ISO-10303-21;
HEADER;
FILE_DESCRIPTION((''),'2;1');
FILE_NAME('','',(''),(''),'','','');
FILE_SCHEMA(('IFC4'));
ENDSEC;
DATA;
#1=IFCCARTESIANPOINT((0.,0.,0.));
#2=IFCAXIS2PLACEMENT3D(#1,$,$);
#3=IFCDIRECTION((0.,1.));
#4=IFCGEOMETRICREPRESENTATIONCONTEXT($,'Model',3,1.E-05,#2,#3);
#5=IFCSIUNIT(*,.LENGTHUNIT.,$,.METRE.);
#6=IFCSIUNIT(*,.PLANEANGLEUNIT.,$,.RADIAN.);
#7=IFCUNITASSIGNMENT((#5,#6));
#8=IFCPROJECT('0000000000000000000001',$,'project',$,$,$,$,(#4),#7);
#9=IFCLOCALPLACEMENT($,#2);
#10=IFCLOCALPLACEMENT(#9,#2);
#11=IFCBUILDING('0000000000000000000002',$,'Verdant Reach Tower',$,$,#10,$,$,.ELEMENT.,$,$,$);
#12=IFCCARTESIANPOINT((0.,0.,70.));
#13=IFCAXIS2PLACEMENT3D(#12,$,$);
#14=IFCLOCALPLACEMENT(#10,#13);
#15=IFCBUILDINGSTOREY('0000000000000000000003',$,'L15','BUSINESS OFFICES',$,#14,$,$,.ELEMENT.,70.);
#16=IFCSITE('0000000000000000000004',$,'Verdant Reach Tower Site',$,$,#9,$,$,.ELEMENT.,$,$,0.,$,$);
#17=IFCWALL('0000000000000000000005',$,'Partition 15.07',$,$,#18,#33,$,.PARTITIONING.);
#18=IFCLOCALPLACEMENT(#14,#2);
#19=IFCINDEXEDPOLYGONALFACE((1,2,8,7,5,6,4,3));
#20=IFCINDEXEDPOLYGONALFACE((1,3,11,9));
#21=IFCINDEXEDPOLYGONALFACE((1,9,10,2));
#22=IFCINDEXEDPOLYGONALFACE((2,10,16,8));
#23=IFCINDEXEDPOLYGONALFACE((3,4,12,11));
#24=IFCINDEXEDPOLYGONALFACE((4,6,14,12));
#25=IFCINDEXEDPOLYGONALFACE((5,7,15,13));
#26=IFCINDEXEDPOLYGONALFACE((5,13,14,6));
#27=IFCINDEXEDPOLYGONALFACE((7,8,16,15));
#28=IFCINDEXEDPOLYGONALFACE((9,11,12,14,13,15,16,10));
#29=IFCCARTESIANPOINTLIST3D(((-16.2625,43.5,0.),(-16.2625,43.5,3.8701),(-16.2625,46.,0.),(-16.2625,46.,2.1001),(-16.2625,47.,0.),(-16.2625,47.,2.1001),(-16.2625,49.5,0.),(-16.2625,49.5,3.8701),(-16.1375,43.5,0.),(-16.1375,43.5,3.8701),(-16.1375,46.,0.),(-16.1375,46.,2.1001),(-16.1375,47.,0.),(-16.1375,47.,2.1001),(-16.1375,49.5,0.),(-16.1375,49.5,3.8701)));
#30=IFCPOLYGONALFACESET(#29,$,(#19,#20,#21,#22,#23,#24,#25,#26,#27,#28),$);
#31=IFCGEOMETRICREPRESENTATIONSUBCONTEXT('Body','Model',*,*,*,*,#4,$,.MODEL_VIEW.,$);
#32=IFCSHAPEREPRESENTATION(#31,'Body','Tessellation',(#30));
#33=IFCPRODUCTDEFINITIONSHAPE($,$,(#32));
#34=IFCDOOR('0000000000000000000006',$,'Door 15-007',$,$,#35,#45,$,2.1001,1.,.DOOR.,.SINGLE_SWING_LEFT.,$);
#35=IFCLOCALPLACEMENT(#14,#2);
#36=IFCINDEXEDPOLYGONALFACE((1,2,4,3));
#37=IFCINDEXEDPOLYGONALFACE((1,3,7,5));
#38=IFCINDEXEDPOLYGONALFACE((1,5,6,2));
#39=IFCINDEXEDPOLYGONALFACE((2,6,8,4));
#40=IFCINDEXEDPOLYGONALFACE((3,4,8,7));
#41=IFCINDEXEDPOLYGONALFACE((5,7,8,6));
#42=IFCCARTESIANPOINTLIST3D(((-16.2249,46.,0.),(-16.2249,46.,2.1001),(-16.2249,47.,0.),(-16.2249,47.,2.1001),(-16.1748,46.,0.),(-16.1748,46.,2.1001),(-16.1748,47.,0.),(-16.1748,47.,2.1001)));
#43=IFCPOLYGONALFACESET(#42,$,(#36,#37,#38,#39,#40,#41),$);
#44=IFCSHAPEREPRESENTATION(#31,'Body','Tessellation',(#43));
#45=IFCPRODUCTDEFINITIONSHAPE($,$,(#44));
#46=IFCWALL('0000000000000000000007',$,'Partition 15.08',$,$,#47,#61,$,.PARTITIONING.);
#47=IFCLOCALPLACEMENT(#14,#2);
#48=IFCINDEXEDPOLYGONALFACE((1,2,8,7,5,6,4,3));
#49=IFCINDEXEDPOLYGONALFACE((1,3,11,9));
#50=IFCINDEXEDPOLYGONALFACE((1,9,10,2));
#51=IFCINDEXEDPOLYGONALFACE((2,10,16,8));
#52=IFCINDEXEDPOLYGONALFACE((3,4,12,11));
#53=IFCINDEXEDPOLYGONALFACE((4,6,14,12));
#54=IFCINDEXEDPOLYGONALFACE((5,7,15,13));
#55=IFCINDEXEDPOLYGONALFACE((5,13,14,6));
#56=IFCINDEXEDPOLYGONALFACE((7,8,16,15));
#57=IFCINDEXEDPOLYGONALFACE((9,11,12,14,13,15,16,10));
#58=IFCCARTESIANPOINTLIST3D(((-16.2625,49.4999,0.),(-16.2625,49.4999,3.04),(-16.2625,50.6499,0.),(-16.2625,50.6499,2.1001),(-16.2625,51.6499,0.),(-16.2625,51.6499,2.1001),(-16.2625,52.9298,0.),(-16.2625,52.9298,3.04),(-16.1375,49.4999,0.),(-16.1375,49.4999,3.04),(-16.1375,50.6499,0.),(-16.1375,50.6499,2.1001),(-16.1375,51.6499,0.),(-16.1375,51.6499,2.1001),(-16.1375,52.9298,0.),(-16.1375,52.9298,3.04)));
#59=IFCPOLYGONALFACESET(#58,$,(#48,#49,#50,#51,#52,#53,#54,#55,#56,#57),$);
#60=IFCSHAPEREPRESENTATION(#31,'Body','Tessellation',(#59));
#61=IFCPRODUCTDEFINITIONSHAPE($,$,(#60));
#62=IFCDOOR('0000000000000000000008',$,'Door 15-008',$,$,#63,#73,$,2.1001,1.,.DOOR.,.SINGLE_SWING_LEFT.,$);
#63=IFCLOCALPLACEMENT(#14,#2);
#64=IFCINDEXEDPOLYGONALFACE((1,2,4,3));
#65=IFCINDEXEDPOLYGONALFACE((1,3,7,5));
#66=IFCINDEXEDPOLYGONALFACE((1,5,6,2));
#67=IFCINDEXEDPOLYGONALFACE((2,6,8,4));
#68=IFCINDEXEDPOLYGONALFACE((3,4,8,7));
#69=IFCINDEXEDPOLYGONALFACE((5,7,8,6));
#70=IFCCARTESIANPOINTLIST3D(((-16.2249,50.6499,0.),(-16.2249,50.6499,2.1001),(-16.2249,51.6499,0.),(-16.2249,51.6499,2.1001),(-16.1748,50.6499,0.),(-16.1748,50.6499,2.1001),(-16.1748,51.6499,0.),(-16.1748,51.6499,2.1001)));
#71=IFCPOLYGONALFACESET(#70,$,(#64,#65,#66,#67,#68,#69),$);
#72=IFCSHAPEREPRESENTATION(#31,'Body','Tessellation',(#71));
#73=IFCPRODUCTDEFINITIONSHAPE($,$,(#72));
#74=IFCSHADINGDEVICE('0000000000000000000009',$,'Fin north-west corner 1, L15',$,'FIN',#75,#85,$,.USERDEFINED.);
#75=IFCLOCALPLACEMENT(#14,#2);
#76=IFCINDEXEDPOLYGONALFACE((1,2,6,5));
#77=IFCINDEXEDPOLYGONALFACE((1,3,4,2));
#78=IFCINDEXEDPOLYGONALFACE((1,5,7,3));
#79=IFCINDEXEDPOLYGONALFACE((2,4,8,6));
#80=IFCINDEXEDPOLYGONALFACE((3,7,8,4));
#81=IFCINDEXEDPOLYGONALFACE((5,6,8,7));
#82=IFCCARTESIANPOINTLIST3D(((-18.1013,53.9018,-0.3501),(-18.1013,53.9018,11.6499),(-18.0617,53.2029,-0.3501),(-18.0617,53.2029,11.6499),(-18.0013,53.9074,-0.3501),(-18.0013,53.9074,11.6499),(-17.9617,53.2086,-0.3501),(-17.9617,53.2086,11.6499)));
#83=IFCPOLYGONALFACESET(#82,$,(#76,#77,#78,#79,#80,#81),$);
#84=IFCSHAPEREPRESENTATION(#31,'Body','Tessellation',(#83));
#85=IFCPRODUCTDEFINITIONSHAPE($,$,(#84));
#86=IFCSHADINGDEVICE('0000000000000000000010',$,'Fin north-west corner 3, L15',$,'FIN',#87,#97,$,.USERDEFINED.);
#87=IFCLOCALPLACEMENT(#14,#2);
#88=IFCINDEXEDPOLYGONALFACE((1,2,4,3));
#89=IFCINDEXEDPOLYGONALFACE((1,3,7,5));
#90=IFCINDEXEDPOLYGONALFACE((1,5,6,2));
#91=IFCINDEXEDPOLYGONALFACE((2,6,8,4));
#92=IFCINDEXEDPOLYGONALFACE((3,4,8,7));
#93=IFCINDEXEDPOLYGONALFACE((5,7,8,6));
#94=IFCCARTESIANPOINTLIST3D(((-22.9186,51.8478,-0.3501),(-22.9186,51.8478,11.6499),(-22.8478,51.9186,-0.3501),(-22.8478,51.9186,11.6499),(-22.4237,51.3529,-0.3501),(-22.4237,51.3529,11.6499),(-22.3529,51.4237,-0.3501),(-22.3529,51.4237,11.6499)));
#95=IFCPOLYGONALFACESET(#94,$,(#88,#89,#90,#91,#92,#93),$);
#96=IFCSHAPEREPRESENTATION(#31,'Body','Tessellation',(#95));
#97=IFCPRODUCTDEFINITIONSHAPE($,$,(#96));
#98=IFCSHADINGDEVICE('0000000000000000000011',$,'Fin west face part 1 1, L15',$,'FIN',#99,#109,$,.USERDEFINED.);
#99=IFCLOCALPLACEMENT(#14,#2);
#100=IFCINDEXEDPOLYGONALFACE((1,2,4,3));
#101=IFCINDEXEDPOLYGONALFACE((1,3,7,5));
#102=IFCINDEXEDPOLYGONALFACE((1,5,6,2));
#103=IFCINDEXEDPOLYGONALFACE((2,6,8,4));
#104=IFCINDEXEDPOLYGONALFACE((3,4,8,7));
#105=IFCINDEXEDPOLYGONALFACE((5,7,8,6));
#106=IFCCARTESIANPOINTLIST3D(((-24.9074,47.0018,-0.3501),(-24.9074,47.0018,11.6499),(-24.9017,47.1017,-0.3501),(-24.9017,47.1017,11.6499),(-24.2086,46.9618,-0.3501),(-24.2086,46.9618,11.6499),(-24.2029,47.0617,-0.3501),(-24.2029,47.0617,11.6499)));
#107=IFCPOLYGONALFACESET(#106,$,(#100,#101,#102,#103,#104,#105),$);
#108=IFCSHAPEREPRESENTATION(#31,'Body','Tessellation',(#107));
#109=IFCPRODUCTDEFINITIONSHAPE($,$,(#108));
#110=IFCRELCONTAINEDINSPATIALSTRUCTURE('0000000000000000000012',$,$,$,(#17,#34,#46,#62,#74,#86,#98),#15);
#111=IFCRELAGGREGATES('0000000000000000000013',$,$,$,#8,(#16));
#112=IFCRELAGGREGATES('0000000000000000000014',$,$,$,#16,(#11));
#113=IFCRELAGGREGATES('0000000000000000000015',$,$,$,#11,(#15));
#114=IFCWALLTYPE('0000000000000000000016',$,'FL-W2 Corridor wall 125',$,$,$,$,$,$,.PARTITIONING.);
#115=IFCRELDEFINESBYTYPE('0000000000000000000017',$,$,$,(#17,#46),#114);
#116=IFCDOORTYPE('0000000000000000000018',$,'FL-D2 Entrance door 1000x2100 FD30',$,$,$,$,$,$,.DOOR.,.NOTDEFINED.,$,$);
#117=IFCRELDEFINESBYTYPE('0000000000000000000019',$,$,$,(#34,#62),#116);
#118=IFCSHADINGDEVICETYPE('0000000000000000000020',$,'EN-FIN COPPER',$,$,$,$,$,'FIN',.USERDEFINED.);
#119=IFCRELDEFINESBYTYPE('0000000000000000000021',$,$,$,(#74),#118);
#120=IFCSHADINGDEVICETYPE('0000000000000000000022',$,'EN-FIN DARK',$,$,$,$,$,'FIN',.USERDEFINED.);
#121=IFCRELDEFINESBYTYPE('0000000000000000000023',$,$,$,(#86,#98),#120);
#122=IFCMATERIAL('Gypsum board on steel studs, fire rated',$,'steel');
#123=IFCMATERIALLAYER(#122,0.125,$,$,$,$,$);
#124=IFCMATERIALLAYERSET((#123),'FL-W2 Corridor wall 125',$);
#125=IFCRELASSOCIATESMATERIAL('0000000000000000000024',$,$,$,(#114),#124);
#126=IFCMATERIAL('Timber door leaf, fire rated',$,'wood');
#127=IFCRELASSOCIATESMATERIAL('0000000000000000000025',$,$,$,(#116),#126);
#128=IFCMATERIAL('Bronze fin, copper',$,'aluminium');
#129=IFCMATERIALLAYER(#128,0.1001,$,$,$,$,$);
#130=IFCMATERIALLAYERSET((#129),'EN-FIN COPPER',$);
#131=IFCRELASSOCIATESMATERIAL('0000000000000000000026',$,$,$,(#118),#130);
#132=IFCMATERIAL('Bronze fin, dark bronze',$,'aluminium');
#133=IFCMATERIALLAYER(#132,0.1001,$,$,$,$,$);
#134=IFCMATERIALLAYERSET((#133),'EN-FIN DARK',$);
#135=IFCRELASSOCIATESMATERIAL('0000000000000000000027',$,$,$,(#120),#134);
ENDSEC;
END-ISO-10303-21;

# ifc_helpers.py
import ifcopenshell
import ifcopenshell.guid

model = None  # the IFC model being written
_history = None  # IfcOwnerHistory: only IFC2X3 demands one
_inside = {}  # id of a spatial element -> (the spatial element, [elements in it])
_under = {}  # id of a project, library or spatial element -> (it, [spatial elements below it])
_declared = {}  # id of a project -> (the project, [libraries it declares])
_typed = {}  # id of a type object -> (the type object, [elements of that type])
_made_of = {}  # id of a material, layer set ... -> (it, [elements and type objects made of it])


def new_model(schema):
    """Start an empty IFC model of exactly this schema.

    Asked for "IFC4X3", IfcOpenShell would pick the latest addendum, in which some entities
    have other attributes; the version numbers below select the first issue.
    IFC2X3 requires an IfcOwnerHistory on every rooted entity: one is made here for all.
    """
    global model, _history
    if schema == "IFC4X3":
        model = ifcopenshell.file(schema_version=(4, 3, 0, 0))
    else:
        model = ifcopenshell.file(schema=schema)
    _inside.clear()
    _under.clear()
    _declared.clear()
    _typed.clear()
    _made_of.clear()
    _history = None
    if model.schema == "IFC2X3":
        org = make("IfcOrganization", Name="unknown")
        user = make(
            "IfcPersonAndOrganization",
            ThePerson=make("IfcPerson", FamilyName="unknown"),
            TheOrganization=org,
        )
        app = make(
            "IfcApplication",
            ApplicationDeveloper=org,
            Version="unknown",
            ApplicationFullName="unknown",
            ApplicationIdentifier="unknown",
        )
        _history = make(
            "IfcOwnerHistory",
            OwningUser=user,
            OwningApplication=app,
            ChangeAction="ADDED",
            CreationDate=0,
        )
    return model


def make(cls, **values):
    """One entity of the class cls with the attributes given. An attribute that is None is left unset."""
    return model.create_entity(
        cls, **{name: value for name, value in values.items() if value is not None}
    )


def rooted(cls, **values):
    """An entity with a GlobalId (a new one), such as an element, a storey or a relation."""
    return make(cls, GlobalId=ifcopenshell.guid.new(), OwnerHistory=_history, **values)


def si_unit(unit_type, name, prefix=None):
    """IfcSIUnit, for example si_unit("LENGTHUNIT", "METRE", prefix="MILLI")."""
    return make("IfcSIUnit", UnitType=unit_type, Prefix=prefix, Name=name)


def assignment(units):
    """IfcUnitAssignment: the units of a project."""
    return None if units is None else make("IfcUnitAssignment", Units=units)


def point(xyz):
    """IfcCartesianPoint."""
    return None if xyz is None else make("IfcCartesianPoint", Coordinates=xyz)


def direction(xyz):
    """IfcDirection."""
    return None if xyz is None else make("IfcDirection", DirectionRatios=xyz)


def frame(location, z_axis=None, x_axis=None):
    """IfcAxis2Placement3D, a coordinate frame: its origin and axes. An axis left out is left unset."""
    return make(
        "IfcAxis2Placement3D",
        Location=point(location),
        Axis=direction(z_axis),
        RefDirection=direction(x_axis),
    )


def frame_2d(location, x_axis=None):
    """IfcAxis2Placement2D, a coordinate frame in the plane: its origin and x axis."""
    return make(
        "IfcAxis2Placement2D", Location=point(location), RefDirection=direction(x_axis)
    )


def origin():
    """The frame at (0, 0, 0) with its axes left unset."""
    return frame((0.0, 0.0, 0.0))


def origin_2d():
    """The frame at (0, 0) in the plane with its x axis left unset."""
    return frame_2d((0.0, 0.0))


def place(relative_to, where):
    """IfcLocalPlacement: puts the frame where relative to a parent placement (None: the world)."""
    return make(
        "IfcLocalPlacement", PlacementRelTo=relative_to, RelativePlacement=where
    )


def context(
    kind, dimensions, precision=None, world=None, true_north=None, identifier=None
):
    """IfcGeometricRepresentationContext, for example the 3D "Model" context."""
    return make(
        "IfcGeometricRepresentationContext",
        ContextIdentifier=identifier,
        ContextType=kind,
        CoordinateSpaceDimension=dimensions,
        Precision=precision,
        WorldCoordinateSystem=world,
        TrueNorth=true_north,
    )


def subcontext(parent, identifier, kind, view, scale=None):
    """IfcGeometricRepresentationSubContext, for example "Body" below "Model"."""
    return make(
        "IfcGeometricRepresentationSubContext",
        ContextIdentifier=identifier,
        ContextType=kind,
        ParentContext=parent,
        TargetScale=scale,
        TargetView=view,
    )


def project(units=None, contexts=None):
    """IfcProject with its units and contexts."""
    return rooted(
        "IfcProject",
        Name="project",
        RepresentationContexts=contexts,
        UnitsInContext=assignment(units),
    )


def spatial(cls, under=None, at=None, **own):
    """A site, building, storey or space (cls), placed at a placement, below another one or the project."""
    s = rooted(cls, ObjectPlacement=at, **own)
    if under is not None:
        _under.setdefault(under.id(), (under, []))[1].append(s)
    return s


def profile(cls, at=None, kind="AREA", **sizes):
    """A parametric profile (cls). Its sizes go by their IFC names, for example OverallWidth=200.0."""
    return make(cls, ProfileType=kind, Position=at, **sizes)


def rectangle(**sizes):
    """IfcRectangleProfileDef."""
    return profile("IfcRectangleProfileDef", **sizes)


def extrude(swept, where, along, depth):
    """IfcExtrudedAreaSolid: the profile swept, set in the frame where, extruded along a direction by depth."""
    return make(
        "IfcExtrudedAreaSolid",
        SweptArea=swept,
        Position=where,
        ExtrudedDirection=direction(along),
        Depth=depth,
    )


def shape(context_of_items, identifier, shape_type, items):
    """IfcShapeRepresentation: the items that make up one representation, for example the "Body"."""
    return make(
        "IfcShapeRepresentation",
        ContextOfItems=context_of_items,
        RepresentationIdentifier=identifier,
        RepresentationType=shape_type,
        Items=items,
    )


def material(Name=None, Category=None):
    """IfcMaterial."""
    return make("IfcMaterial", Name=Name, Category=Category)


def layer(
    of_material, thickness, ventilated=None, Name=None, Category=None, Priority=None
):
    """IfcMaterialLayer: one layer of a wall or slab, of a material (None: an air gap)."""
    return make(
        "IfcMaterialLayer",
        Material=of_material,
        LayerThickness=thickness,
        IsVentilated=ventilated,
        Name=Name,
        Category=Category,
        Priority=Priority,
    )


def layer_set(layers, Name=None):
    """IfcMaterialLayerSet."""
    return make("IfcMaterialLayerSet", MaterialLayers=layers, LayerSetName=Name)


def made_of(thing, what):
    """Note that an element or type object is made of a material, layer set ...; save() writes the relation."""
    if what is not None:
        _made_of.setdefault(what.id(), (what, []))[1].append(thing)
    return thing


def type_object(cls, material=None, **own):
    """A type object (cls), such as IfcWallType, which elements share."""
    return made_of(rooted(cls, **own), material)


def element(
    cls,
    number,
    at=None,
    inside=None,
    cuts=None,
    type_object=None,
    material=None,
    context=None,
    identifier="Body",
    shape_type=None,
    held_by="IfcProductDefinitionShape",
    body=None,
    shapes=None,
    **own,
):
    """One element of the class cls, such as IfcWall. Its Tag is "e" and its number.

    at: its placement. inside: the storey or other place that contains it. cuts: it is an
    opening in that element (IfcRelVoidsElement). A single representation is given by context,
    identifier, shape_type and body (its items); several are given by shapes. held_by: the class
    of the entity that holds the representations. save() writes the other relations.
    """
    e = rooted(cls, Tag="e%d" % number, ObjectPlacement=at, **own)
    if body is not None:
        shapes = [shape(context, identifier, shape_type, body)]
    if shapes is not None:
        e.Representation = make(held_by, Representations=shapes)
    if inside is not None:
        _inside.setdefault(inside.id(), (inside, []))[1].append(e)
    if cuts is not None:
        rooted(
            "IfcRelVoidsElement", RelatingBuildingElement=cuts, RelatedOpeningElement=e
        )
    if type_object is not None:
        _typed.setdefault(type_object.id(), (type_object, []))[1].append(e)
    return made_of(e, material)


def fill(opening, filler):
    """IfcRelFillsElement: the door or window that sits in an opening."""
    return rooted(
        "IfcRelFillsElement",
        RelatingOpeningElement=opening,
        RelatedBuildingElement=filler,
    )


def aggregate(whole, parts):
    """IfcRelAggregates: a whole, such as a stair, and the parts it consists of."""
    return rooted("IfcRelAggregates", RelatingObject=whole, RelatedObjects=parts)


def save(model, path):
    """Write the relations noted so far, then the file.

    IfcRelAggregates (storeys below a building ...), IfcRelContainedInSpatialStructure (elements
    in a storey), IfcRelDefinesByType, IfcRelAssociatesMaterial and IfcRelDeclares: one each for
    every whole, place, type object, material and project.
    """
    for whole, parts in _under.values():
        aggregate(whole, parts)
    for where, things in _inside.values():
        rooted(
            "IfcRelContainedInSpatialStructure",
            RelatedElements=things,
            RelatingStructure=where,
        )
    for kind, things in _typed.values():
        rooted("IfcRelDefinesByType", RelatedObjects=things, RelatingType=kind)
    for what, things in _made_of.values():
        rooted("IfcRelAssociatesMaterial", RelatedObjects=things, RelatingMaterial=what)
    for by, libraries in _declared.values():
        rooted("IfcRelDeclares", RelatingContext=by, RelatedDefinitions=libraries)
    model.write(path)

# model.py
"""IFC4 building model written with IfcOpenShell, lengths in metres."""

from ifc_helpers import new_model, si_unit, direction, frame, frame_2d, origin, origin_2d, place, context, subcontext, project, spatial, rectangle, extrude, material, layer, layer_set, type_object, element, fill, save


model = new_model("IFC4")

# Units and contexts
model_context = context("Model", 3, precision=1e-05, world=origin(), true_north=direction((0.0, 1.0)))
body_context = subcontext(model_context, "Body", "Model", "MODEL_VIEW")
ifc_project = project(units=[si_unit("LENGTHUNIT", "METRE"), si_unit("PLANEANGLEUNIT", "RADIAN")], contexts=[model_context])

# Site, building, storey
site_placement = place(None, origin())
site = spatial("IfcSite", under=ifc_project, at=site_placement, Name="Verdant Reach Tower Site", CompositionType="ELEMENT", RefElevation=0.0)
building_placement = place(site_placement, origin())
building = spatial("IfcBuilding", under=site, at=building_placement, Name="Verdant Reach Tower", CompositionType="ELEMENT")
storey_placement = place(building_placement, frame((0.0, 0.0, 70.0)))
storey = spatial("IfcBuildingStorey", under=building, at=storey_placement, Name="L15", Description="BUSINESS OFFICES", CompositionType="ELEMENT", Elevation=70.0)

# Walls, openings, doors
ifc_material_1 = material(Name="Gypsum board on steel studs, fire rated", Category="steel")
ifc_layer_1 = layer(ifc_material_1, 0.125)
ifc_layer_set_1 = layer_set([ifc_layer_1], Name="FL-W2 Corridor wall 125")
wall_type_1 = type_object("IfcWallType", Name="FL-W2 Corridor wall 125", PredefinedType="PARTITIONING", material=ifc_layer_set_1)
wall_1_placement = place(storey_placement, frame((-16.2, 43.5, 0.0), z_axis=(0.0, 0.0, 1.0), x_axis=(0.0, 1.0, 0.0)))
wall_1 = element("IfcWall", 1, at=wall_1_placement, inside=storey, type_object=wall_type_1, Name="Partition 15.07", PredefinedType="PARTITIONING", context=body_context, shape_type="SweptSolid", body=[
    extrude(rectangle(XDim=6.0, YDim=0.125, at=frame_2d((3.0, 0.0))), origin(), (0.0, 0.0, 1.0), 3.8701),
])
opening_1_placement = place(wall_1_placement, frame((2.5, 0.0, 0.0)))
opening_1 = element("IfcOpeningElement", 2, at=opening_1_placement, cuts=wall_1, PredefinedType="OPENING", context=body_context, shape_type="SweptSolid", body=[
    extrude(rectangle(XDim=1.0, YDim=2.1001, at=frame_2d((0.5, 1.05))), frame((0.0, 0.0725, 0.0), z_axis=(0.0, -1.0, 0.0), x_axis=(1.0, 0.0, 0.0)), (0.0, 0.0, 1.0), 0.145),
])
ifc_material_2 = material(Name="Timber door leaf, fire rated", Category="wood")
door_type = type_object("IfcDoorType", Name="FL-D2 Entrance door 1000x2100 FD30", OperationType="NOTDEFINED", PredefinedType="DOOR", material=ifc_material_2)
door_1_placement = place(opening_1_placement, origin())
door_1 = element("IfcDoor", 3, at=door_1_placement, inside=storey, type_object=door_type, Name="Door 15-007", OperationType="SINGLE_SWING_LEFT", OverallHeight=2.1001, OverallWidth=1.0, PredefinedType="DOOR", context=body_context, shape_type="SweptSolid", body=[
    extrude(rectangle(XDim=1.0, YDim=2.1001, at=frame_2d((0.5, 1.05))), frame((0.0, 0.0249, 0.0), z_axis=(0.0, -1.0, 0.0), x_axis=(1.0, 0.0, 0.0)), (0.0, 0.0, 1.0), 0.05),
])
fill(opening_1, door_1)
wall_2_placement = place(storey_placement, frame((-16.2, 49.5, 0.0), z_axis=(0.0, 0.0, 1.0), x_axis=(0.0, 1.0, 0.0)))
wall_2 = element("IfcWall", 4, at=wall_2_placement, inside=storey, type_object=wall_type_1, Name="Partition 15.08", PredefinedType="PARTITIONING", context=body_context, shape_type="SweptSolid", body=[
    extrude(rectangle(XDim=3.4299, YDim=0.125, at=frame_2d((1.7148, 0.0))), origin(), (0.0, 0.0, 1.0), 3.04),
])
opening_2_placement = place(wall_2_placement, frame((1.1499, 0.0, 0.0)))
opening_2 = element("IfcOpeningElement", 5, at=opening_2_placement, cuts=wall_2, PredefinedType="OPENING", context=body_context, shape_type="SweptSolid", body=[
    extrude(rectangle(XDim=1.0, YDim=2.1001, at=frame_2d((0.5, 1.05))), frame((0.0, 0.0725, 0.0), z_axis=(0.0, -1.0, 0.0), x_axis=(1.0, 0.0, 0.0)), (0.0, 0.0, 1.0), 0.145),
])
door_2_placement = place(opening_2_placement, origin())
door_2 = element("IfcDoor", 6, at=door_2_placement, inside=storey, type_object=door_type, Name="Door 15-008", OperationType="SINGLE_SWING_LEFT", OverallHeight=2.1001, OverallWidth=1.0, PredefinedType="DOOR", context=body_context, shape_type="SweptSolid", body=[
    extrude(rectangle(XDim=1.0, YDim=2.1001, at=frame_2d((0.5, 1.05))), frame((0.0, 0.0249, 0.0), z_axis=(0.0, -1.0, 0.0), x_axis=(1.0, 0.0, 0.0)), (0.0, 0.0, 1.0), 0.05),
])
fill(opening_2, door_2)

# Shading devices
ifc_material_3 = material(Name="Bronze fin, copper", Category="aluminium")
ifc_layer_2 = layer(ifc_material_3, 0.1001)
ifc_layer_set_2 = layer_set([ifc_layer_2], Name="EN-FIN COPPER")
shading_device_type_1 = type_object("IfcShadingDeviceType", Name="EN-FIN COPPER", ElementType="FIN", PredefinedType="USERDEFINED", material=ifc_layer_set_2)
shading_device_placement = place(storey_placement, frame((-18.0315, 53.5552, -0.3501), z_axis=(0.0, 0.0, 1.0), x_axis=(-0.998399, -0.056569, 0.0)))
element("IfcShadingDevice", 7, at=shading_device_placement, inside=storey, type_object=shading_device_type_1, Name="Fin north-west corner 1, L15", ObjectType="FIN", PredefinedType="USERDEFINED", context=body_context, shape_type="SweptSolid", body=[
    extrude(rectangle(XDim=0.1001, YDim=0.7, at=origin_2d()), origin(), (0.0, 0.0, 1.0), 12.0),
])
ifc_material_4 = material(Name="Bronze fin, dark bronze", Category="aluminium")
ifc_layer_3 = layer(ifc_material_4, 0.1001)
ifc_layer_set_3 = layer_set([ifc_layer_3], Name="EN-FIN DARK")
shading_device_type_2 = type_object("IfcShadingDeviceType", Name="EN-FIN DARK", ElementType="FIN", PredefinedType="USERDEFINED", material=ifc_layer_set_3)
for number, where, z_axis, x_axis, name in (
    (8, (-22.6357, 51.6357, -0.3501), (0.0, 0.0, 1.0), (-0.707107, -0.707107, 0.0), "Fin north-west corner 3, L15"),
    (9, (-24.5552, 47.0317, -0.3501), (0.0, 0.0, 1.0), (-0.057135, -0.998366, 0.0), "Fin west face part 1 1, L15"),
):
    element("IfcShadingDevice", number, at=place(storey_placement, frame(where, z_axis=z_axis, x_axis=x_axis)), inside=storey, type_object=shading_device_type_2, Name=name, ObjectType="FIN", PredefinedType="USERDEFINED", context=body_context, shape_type="SweptSolid", body=[
        extrude(rectangle(XDim=0.1001, YDim=0.7, at=origin_2d()), origin(), (0.0, 0.0, 1.0), 12.0),
    ])

save(model, "model.ifc")
